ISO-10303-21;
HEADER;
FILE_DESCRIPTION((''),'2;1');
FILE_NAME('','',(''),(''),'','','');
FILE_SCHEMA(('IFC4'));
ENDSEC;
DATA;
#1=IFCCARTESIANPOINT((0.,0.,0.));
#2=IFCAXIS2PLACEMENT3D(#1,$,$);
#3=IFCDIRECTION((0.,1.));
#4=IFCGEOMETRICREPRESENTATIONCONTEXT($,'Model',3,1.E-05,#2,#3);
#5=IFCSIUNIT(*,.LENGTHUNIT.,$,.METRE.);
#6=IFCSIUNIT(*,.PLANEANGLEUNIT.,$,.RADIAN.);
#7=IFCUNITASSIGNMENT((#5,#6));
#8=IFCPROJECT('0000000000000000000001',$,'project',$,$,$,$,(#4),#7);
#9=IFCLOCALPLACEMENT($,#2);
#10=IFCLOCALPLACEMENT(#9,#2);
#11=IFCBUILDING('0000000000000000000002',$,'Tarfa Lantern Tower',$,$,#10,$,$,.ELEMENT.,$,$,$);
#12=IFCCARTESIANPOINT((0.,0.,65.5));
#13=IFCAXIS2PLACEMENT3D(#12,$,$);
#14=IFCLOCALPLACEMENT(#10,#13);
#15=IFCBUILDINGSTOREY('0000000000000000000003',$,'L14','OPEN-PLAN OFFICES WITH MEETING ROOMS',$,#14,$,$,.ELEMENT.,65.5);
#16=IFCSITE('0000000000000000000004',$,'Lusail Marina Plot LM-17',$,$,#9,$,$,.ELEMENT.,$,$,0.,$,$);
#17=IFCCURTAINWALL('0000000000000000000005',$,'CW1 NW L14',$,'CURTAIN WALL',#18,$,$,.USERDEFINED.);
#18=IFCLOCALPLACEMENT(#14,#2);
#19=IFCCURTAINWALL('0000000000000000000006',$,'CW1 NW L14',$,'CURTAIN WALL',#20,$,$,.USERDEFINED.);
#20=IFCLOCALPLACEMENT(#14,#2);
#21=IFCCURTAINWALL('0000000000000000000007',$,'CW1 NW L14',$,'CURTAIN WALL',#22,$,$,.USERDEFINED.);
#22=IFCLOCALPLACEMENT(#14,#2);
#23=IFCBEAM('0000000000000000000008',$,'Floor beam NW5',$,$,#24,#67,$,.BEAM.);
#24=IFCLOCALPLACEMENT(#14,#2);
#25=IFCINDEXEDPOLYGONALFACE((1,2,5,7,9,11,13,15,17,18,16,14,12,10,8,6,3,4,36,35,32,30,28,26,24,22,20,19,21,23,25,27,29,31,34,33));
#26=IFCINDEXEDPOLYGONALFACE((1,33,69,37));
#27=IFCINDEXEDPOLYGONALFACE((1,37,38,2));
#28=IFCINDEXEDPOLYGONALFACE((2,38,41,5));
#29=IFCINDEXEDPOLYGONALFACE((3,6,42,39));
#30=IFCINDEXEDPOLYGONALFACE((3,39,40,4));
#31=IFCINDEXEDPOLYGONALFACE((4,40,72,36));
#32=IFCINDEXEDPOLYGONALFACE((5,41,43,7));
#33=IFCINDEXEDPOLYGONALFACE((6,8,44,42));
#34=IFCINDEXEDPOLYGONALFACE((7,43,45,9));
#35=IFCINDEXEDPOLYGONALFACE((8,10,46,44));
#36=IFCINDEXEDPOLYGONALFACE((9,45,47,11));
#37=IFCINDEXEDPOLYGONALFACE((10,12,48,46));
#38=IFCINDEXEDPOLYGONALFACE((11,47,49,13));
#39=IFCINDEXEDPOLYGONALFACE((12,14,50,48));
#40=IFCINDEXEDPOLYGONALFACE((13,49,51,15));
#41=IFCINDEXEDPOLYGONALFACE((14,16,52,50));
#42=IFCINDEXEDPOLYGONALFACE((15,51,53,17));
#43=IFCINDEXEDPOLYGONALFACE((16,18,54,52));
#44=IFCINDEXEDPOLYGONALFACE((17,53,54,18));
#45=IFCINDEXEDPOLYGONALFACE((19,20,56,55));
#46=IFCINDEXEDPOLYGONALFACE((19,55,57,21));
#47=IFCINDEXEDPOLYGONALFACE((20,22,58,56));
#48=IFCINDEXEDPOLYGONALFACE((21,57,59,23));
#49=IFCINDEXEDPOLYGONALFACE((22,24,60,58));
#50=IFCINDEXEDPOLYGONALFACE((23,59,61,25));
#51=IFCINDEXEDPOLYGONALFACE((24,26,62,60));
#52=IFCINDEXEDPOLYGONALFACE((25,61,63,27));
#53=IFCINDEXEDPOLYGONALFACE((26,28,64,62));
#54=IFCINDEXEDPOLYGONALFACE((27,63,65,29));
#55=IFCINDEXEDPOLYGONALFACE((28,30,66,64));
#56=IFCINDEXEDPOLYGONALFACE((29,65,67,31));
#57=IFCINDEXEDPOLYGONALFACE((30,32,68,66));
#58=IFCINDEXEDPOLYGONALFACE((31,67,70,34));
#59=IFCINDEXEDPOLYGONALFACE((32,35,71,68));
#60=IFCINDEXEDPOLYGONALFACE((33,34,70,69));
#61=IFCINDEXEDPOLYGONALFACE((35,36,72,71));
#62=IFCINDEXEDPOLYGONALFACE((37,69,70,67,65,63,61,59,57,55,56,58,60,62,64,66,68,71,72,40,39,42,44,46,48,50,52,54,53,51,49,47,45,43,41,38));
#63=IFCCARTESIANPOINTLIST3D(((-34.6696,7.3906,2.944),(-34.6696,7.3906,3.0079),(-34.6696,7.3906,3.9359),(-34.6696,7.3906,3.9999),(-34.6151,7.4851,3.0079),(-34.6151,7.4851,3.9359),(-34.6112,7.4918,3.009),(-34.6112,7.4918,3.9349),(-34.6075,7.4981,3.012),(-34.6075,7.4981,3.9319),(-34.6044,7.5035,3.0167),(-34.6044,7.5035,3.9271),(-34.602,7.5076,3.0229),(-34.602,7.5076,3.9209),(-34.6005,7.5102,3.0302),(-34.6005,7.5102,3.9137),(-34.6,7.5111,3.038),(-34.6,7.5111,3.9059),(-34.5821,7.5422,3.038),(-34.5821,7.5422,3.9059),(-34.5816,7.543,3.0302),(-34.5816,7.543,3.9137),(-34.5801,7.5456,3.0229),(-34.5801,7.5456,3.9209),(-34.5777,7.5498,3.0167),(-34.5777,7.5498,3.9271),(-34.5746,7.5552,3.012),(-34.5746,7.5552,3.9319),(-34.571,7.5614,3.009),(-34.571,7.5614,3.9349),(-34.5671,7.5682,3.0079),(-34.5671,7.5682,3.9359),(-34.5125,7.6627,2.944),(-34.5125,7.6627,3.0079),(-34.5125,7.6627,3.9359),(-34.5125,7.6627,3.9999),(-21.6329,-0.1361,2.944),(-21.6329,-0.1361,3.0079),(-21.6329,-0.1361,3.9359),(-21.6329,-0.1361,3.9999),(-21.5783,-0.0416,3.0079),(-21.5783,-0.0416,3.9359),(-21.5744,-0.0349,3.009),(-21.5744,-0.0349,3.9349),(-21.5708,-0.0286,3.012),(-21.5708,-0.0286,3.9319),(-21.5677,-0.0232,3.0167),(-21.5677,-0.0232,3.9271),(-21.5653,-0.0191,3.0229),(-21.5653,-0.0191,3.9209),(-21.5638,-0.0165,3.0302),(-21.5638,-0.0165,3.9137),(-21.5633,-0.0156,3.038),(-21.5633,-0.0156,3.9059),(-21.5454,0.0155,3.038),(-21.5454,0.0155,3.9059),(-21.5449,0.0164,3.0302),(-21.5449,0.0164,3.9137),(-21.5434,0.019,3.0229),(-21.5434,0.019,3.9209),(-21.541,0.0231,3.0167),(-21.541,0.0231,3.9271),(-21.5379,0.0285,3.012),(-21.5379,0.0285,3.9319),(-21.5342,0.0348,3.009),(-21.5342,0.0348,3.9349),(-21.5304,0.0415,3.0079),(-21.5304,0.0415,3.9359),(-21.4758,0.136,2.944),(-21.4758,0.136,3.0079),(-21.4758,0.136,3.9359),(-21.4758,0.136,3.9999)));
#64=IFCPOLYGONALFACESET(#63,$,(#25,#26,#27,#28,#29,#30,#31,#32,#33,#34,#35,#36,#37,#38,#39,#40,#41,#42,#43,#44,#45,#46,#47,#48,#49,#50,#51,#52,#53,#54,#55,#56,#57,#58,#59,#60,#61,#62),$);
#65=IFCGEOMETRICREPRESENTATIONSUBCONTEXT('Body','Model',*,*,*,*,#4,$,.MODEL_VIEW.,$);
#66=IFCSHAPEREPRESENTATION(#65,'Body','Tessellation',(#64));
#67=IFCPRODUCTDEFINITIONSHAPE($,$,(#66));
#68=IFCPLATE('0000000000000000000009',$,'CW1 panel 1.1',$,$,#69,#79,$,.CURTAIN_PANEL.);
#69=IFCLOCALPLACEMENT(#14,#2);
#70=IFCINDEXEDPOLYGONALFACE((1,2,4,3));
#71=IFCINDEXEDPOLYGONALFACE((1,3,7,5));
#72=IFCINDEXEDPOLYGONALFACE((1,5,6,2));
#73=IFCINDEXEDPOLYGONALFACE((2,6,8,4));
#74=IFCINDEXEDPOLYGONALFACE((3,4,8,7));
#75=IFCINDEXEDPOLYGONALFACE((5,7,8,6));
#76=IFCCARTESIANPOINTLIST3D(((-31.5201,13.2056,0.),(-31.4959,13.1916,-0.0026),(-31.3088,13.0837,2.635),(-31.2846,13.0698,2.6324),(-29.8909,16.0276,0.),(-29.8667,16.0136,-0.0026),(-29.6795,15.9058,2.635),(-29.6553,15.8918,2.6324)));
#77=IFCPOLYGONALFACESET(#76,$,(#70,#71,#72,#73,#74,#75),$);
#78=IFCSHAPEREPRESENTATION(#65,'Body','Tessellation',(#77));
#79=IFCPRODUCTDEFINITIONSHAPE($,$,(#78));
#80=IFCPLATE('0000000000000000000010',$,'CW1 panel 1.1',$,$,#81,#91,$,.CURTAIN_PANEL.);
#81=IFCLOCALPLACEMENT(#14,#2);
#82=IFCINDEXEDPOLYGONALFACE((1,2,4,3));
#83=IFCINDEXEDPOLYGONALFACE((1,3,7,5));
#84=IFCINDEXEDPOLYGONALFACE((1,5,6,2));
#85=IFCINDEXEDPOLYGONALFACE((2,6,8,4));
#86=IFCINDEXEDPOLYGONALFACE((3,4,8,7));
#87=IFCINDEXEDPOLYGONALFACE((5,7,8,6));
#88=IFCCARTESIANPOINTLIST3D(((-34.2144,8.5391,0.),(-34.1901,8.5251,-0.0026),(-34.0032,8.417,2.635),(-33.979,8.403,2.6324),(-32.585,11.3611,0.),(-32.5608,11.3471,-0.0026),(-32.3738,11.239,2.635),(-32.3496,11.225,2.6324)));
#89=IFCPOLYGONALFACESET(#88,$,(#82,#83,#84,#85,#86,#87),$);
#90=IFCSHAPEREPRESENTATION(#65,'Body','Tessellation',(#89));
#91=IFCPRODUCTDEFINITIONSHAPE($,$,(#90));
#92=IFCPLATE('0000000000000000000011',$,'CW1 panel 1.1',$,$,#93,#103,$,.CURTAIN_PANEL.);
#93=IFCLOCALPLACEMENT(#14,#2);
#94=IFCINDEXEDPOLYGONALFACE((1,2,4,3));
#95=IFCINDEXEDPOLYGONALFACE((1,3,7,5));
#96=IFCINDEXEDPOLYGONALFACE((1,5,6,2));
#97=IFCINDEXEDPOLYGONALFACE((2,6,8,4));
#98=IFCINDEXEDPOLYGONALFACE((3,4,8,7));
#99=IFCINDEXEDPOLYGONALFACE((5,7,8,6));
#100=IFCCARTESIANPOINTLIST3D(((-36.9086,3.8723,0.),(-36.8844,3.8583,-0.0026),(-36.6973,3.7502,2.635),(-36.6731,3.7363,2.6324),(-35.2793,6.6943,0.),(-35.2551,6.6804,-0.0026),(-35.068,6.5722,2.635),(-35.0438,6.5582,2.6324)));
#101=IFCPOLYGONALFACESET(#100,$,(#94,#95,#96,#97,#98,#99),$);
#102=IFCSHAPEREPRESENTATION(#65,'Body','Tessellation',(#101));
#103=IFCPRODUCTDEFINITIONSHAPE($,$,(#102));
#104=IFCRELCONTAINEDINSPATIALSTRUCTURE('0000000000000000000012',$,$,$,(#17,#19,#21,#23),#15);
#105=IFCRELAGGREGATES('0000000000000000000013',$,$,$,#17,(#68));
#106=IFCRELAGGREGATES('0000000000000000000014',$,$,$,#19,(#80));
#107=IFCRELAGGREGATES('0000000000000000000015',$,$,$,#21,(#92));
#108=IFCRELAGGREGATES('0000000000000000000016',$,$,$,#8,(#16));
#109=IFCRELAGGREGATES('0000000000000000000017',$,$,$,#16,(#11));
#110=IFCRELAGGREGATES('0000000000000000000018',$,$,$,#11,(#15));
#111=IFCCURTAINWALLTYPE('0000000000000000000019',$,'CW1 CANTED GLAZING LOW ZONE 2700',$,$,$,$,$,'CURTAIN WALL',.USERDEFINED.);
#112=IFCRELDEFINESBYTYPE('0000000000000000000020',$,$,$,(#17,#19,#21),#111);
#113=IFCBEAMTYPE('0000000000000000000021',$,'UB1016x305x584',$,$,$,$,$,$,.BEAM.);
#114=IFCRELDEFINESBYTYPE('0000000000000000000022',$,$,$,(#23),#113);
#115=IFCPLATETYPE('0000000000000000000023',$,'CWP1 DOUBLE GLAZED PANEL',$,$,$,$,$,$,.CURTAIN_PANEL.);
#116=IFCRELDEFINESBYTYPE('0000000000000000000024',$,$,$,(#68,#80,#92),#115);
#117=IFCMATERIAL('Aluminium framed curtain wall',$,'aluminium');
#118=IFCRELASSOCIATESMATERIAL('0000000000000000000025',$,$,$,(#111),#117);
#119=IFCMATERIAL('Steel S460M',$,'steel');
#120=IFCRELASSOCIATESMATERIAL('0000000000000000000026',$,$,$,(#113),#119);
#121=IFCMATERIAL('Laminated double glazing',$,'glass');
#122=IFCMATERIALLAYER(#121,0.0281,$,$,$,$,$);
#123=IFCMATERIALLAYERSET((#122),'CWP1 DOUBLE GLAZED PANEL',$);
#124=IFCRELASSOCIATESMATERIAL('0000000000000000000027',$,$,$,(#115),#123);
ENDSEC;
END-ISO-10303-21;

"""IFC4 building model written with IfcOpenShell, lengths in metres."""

from ifc_helpers import new_model, si_unit, direction, frame, origin, origin_2d, place, context, subcontext, project, spatial, polyline, i_section, outline, extrude, material, layer, layer_set, material_profile, profile_set, type_object, element, aggregate, save


model = new_model("IFC4")

# Units and contexts
model_context = context("Model", 3, precision=1e-05, world=origin(), true_north=direction((0.0, 1.0)))
body_context = subcontext(model_context, "Body", "Model", "MODEL_VIEW")
ifc_project = project(units=[si_unit("LENGTHUNIT", "METRE"), si_unit("PLANEANGLEUNIT", "RADIAN")], contexts=[model_context])

# Site, building, storey
site_placement = place(None, origin())
site = spatial("IfcSite", under=ifc_project, at=site_placement, Name="Lusail Marina Plot LM-17", CompositionType="ELEMENT", RefElevation=0.0)
building_placement = place(site_placement, origin())
building = spatial("IfcBuilding", under=site, at=building_placement, Name="Tarfa Lantern Tower", CompositionType="ELEMENT")
storey_placement = place(building_placement, frame((0.0, 0.0, 65.5)))
storey = spatial("IfcBuildingStorey", under=building, at=storey_placement, Name="L14", Description="OPEN-PLAN OFFICES WITH MEETING ROOMS", CompositionType="ELEMENT", Elevation=65.5)

# Curtain walls
ifc_material_1 = material(Name="Aluminium framed curtain wall", Category="aluminium")
curtain_wall_type = type_object("IfcCurtainWallType", Name="CW1 CANTED GLAZING LOW ZONE 2700", ElementType="CURTAIN WALL", PredefinedType="USERDEFINED", material=ifc_material_1)
curtain_wall_1_placement = place(storey_placement, origin())
curtain_wall_1 = element("IfcCurtainWall", 1, at=curtain_wall_1_placement, inside=storey, type_object=curtain_wall_type, Name="CW1 NW L14", ObjectType="CURTAIN WALL", PredefinedType="USERDEFINED")
curtain_wall_2_placement = place(storey_placement, origin())
curtain_wall_2 = element("IfcCurtainWall", 2, at=curtain_wall_2_placement, inside=storey, type_object=curtain_wall_type, Name="CW1 NW L14", ObjectType="CURTAIN WALL", PredefinedType="USERDEFINED")
curtain_wall_3_placement = place(storey_placement, origin())
curtain_wall_3 = element("IfcCurtainWall", 3, at=curtain_wall_3_placement, inside=storey, type_object=curtain_wall_type, Name="CW1 NW L14", ObjectType="CURTAIN WALL", PredefinedType="USERDEFINED")

# Beam
ifc_material_2 = material(Name="Steel S460M", Category="steel")
ifc_material_profile_1 = material_profile(ifc_material_2, i_section(OverallWidth=0.3142, OverallDepth=1.0559, WebThickness=0.0359, FlangeThickness=0.064, FilletRadius=0.03, at=origin_2d()), Name="UB1016x305x584")
ifc_profile_set_1 = profile_set([ifc_material_profile_1], Name="Steel S460M")
beam_type_1 = type_object("IfcBeamType", Name="UB1016x305x584", PredefinedType="BEAM", material=ifc_profile_set_1)
beam_1_placement = place(storey_placement, frame((-34.5911, 7.5266, 3.4719), z_axis=(0.866028, -0.499996, 0.0), x_axis=(0.499996, 0.866028, 0.0)))
element("IfcBeam", 4, at=beam_1_placement, inside=storey, type_object=beam_type_1, Name="Floor beam NW5", PredefinedType="BEAM", context=body_context, shape_type="SweptSolid", body=[
    extrude(i_section(OverallWidth=0.3142, OverallDepth=1.0559, WebThickness=0.0359, FlangeThickness=0.064, FilletRadius=0.03, at=origin_2d()), origin(), (0.0, 0.0, 1.0), 15.0535),
])

# Plates
ifc_material_3 = material(Name="Laminated double glazing", Category="glass")
ifc_layer = layer(ifc_material_3, 0.0281)
ifc_layer_set = layer_set([ifc_layer], Name="CWP1 DOUBLE GLAZED PANEL")
plate_type = type_object("IfcPlateType", Name="CWP1 DOUBLE GLAZED PANEL", PredefinedType="CURTAIN_PANEL", material=ifc_layer_set)
plate_1_placement = place(storey_placement, frame((-29.8909, 16.0276, 0.0), z_axis=(-0.862342, 0.497867, 0.09217), x_axis=(-0.499995, -0.866029, 0.000003)))
plate_1 = element("IfcPlate", 5, at=plate_1_placement, type_object=plate_type, Name="CW1 panel 1.1", PredefinedType="CURTAIN_PANEL", context=body_context, shape_type="SweptSolid", body=[
    extrude(outline(polyline([(0.0, 0.0), (3.2585, 0.0), (3.2584, 2.6463), (-0.0002, 2.6463), (0.0, 0.0)])), origin(), (0.0, 0.0, -1.0), 0.0281),
])
aggregate(curtain_wall_1, [plate_1])
plate_2_placement = place(storey_placement, frame((-32.585, 11.3611, 0.0), z_axis=(-0.862325, 0.497894, 0.092176), x_axis=(-0.500023, -0.866012, 0.0)))
plate_2 = element("IfcPlate", 6, at=plate_2_placement, type_object=plate_type, Name="CW1 panel 1.1", PredefinedType="CURTAIN_PANEL", context=body_context, shape_type="SweptSolid", body=[
    extrude(outline(polyline([(0.0, 0.0), (3.2586, 0.0), (3.2588, 2.6463), (0.0001, 2.6463), (0.0, 0.0)])), origin(), (0.0, 0.0, -1.0), 0.0281),
])
aggregate(curtain_wall_2, [plate_2])
plate_3_placement = place(storey_placement, frame((-35.2793, 6.6943, 0.0), z_axis=(-0.862338, 0.497864, 0.092216), x_axis=(-0.499995, -0.866028, -0.000003)))
plate_3 = element("IfcPlate", 7, at=plate_3_placement, type_object=plate_type, Name="CW1 panel 1.1", PredefinedType="CURTAIN_PANEL", context=body_context, shape_type="SweptSolid", body=[
    extrude(outline(polyline([(0.0, 0.0), (3.2586, 0.0), (3.2586, 2.6463), (0.0001, 2.6463), (0.0, 0.0)])), origin(), (0.0, 0.0, -1.0), 0.0281),
])
aggregate(curtain_wall_3, [plate_3])

save(model, "model.ifc")
